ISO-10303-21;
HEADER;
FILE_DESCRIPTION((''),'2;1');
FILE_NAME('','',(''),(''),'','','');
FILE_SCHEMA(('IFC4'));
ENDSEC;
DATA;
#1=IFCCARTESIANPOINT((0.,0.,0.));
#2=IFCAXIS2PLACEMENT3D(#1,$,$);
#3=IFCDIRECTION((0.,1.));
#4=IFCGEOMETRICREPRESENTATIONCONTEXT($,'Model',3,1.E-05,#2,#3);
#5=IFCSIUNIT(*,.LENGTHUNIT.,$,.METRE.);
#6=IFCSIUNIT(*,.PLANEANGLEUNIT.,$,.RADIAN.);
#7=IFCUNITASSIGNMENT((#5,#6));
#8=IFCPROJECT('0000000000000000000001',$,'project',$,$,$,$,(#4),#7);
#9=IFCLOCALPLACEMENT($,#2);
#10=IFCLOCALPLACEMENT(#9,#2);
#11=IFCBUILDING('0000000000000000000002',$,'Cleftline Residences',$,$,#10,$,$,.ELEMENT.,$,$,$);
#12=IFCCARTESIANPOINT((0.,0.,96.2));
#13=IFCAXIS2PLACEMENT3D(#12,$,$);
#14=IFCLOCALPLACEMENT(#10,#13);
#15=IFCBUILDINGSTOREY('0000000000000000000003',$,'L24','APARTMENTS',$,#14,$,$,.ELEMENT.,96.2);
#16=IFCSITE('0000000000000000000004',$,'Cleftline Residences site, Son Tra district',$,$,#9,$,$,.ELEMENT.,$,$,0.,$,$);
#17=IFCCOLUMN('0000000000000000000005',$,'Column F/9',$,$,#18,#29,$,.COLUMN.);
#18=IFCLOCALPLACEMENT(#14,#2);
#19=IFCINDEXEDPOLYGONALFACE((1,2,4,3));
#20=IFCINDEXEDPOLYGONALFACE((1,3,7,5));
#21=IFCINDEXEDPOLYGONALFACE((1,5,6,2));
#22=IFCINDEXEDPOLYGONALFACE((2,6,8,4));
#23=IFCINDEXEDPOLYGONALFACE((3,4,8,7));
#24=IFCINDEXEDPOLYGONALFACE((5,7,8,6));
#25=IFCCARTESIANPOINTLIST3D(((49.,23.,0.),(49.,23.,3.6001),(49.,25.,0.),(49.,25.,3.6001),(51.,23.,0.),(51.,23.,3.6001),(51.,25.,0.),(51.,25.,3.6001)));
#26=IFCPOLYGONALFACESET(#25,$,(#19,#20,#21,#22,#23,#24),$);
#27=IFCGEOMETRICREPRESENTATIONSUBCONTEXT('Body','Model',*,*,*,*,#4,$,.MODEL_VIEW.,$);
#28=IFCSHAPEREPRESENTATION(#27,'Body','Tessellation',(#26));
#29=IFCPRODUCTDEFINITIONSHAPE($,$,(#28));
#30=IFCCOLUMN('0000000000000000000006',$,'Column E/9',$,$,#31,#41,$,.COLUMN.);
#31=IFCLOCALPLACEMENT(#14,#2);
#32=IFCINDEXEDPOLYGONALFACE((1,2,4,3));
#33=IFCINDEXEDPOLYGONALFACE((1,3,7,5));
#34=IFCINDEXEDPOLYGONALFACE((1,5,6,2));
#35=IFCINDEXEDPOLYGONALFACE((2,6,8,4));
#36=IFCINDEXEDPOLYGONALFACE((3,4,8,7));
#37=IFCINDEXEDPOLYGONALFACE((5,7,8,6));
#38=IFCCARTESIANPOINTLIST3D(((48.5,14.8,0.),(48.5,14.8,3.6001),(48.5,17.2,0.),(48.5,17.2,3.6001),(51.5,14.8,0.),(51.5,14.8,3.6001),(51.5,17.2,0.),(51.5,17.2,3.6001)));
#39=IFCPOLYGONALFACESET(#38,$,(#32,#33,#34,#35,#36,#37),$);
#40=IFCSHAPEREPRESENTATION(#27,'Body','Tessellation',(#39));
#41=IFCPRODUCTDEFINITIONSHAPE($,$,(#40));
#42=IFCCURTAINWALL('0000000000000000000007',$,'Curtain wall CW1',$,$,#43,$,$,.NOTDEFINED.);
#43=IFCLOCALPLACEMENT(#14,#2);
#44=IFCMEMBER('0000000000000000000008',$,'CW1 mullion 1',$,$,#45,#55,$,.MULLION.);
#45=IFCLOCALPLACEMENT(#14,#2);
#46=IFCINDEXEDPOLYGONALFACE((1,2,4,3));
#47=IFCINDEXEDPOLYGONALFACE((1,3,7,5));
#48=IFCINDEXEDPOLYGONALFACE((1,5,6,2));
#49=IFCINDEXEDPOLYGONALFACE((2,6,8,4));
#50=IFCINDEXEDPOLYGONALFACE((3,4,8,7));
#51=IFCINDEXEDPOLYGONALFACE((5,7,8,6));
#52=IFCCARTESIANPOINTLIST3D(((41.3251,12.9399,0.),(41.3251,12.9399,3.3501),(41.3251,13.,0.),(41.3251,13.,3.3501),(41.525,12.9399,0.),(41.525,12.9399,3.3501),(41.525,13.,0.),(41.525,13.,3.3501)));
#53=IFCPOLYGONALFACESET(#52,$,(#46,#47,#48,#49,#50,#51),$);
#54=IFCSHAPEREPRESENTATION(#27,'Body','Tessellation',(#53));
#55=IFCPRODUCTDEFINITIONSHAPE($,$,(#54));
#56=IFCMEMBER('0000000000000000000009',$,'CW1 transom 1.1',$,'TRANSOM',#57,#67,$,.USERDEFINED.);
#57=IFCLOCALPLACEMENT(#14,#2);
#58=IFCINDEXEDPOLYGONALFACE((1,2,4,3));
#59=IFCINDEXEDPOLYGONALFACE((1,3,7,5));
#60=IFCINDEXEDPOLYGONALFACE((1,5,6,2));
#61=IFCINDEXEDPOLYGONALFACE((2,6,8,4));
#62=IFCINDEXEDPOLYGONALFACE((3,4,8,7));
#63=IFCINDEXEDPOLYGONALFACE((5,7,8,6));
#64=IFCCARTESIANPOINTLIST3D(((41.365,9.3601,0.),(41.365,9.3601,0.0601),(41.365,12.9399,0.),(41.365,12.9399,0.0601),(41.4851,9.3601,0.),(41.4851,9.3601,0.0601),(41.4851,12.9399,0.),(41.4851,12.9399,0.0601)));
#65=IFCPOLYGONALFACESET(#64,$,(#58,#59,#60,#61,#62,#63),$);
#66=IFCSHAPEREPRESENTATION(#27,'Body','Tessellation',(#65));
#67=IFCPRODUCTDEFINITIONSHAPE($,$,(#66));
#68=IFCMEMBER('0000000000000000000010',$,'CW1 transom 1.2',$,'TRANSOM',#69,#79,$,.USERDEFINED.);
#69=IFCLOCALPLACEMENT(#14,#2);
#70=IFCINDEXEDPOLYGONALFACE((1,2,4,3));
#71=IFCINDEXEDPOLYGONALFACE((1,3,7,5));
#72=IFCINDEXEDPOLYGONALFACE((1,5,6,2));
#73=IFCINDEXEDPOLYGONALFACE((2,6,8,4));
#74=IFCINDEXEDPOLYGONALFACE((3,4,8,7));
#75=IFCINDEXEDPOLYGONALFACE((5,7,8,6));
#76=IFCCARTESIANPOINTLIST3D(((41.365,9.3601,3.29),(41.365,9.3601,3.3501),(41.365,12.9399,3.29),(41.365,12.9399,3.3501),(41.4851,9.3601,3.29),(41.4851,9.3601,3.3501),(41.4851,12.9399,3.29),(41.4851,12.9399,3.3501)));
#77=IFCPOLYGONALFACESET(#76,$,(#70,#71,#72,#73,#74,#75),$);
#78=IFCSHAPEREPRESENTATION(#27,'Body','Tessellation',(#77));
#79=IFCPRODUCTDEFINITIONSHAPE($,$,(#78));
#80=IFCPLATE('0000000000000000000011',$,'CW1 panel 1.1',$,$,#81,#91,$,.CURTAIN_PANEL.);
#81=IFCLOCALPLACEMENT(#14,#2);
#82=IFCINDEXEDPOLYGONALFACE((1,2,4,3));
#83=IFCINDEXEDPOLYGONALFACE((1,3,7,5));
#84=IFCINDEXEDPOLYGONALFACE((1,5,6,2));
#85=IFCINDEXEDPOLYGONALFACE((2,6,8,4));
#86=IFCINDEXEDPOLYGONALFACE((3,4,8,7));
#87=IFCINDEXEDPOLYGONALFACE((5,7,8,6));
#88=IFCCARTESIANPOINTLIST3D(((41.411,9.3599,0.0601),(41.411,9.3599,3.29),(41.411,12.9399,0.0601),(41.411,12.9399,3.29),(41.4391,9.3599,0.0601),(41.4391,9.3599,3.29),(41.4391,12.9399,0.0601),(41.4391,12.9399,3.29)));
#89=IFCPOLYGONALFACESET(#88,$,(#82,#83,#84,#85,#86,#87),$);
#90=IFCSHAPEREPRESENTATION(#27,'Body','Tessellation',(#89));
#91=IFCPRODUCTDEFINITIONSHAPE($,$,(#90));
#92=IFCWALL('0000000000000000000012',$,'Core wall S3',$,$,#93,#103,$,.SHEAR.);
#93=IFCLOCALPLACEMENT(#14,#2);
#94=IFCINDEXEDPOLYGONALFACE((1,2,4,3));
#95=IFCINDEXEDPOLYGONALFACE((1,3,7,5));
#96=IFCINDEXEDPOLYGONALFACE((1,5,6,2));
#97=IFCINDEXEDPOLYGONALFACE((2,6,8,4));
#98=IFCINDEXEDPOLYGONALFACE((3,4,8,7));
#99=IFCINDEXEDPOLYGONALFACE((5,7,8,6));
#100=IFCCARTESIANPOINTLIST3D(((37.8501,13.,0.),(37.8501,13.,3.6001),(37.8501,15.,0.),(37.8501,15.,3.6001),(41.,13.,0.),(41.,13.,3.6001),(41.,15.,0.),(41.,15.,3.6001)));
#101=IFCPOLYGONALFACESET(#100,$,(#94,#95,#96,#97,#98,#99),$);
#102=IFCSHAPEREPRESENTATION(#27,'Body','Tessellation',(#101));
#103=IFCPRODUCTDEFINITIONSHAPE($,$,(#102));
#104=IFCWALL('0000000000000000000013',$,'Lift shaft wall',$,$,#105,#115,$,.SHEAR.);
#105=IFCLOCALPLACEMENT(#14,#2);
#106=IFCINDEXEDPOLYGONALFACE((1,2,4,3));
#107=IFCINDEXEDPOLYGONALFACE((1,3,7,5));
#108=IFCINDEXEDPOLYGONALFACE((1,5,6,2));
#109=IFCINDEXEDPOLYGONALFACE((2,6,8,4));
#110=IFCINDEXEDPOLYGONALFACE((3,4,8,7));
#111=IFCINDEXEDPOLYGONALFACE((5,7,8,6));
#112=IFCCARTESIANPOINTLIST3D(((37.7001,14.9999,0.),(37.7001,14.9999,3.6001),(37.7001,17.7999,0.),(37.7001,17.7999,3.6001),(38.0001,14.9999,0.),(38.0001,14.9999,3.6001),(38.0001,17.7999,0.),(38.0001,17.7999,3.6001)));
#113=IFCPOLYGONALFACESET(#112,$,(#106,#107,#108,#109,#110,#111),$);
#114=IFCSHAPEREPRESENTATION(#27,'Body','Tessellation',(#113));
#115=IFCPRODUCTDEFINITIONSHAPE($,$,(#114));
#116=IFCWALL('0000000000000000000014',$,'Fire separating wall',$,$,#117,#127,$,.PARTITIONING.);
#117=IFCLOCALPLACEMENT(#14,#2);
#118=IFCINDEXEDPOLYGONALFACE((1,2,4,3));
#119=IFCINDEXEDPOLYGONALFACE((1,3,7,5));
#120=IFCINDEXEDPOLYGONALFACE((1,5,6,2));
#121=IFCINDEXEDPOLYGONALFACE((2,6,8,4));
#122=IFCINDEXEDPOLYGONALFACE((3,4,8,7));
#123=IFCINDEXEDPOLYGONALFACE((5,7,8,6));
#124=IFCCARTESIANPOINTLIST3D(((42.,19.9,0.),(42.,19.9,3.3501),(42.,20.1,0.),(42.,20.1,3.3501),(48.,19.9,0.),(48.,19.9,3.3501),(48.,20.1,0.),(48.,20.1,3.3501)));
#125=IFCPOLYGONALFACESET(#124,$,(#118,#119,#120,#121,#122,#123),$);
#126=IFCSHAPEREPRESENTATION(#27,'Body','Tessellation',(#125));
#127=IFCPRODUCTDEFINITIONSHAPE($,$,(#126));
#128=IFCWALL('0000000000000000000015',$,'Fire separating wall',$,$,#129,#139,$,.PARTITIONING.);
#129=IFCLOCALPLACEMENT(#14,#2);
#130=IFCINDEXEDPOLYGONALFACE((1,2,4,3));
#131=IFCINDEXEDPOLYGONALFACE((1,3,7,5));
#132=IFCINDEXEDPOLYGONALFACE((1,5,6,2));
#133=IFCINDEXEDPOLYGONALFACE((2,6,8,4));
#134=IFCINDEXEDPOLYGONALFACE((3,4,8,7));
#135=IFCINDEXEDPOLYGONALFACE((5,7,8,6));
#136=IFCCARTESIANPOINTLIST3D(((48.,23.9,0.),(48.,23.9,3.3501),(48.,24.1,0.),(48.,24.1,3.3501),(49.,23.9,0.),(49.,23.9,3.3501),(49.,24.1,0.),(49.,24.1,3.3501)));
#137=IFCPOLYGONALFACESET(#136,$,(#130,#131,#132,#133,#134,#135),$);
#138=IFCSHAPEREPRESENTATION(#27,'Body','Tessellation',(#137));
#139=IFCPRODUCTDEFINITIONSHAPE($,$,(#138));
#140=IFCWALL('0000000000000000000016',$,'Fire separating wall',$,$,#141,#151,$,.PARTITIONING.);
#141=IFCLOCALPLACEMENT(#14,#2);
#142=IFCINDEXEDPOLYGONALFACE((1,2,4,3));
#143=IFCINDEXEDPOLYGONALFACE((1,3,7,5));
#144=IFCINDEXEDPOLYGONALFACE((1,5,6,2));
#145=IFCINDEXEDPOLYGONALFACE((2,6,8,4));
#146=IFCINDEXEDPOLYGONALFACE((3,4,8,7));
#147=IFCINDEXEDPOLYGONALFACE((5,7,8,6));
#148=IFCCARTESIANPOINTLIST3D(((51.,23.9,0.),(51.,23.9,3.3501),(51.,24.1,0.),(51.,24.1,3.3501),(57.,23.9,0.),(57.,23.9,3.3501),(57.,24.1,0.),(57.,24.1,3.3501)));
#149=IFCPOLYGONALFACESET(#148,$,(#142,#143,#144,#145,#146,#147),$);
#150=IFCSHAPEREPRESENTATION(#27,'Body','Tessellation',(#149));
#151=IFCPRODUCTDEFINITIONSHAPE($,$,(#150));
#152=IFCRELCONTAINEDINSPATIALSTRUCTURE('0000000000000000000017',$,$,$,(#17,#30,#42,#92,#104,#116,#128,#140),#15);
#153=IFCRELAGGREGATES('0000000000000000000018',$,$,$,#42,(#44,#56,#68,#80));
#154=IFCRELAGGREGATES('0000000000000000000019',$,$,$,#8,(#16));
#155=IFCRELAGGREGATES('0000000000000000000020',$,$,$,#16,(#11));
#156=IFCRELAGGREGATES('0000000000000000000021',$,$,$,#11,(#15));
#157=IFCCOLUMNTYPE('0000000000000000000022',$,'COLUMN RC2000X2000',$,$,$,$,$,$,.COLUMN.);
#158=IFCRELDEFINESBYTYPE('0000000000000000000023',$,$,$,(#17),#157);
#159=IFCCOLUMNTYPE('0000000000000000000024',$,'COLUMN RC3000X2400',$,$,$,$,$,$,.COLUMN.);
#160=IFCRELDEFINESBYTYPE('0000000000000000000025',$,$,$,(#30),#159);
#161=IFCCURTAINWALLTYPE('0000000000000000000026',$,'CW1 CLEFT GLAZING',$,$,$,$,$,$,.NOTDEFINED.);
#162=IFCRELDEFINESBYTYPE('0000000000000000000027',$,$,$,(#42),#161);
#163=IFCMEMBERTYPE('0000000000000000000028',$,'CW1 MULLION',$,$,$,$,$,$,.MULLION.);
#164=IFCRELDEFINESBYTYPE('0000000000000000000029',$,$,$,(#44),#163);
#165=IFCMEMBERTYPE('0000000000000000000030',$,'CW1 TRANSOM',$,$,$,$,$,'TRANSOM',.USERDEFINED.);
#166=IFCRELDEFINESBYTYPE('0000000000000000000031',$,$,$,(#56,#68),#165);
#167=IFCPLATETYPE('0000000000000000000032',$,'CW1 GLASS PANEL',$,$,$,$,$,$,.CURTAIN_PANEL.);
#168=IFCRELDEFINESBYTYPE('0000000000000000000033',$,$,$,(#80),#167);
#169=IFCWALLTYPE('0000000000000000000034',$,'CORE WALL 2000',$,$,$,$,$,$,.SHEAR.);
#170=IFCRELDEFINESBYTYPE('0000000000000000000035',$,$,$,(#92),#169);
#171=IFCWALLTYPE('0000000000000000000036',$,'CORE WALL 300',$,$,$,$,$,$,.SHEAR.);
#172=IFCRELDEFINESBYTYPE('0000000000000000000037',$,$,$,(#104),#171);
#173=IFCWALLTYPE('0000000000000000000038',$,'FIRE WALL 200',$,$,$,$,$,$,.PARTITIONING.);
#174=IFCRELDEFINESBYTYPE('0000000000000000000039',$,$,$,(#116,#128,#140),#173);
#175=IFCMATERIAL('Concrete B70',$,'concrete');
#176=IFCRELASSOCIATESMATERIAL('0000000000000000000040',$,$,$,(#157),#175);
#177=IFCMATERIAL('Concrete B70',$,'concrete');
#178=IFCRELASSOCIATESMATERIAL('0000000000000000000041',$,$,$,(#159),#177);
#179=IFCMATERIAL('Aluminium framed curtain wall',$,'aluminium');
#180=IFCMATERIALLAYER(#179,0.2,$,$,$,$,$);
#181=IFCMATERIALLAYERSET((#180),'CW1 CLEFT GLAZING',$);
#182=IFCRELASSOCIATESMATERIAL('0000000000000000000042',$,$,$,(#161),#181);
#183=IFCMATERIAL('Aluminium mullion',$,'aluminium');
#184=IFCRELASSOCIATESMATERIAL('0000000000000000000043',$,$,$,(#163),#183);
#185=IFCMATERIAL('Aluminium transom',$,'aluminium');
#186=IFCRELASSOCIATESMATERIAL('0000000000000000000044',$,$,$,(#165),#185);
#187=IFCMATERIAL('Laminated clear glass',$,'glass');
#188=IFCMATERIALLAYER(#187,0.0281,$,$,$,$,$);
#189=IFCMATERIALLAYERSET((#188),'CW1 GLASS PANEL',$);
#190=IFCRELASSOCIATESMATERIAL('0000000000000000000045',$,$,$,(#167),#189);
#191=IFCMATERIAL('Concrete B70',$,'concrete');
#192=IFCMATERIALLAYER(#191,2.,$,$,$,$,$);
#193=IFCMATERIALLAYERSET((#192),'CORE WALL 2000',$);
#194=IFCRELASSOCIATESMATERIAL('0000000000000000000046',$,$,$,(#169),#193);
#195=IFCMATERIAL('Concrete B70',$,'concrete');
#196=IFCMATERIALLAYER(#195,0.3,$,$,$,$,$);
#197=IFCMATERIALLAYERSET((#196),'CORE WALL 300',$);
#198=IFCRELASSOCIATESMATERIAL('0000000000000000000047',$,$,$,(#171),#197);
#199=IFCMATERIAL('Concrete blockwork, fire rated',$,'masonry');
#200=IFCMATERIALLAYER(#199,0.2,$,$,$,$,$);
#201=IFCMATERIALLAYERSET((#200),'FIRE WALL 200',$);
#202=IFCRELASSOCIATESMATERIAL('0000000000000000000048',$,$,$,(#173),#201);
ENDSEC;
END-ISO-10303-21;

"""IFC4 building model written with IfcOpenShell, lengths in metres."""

from ifc_helpers import new_model, si_unit, direction, frame, frame_2d, origin, origin_2d, place, context, subcontext, project, spatial, rectangle, extrude, material, layer, layer_set, material_profile, profile_set, type_object, element, aggregate, save


model = new_model("IFC4")

# Units and contexts
model_context = context("Model", 3, precision=1e-05, world=origin(), true_north=direction((0.0, 1.0)))
body_context = subcontext(model_context, "Body", "Model", "MODEL_VIEW")
ifc_project = project(units=[si_unit("LENGTHUNIT", "METRE"), si_unit("PLANEANGLEUNIT", "RADIAN")], contexts=[model_context])

# Site, building, storey
site_placement = place(None, origin())
site = spatial("IfcSite", under=ifc_project, at=site_placement, Name="Cleftline Residences site, Son Tra district", CompositionType="ELEMENT", RefElevation=0.0)
building_placement = place(site_placement, origin())
building = spatial("IfcBuilding", under=site, at=building_placement, Name="Cleftline Residences", CompositionType="ELEMENT")
storey_placement = place(building_placement, frame((0.0, 0.0, 96.2)))
storey = spatial("IfcBuildingStorey", under=building, at=storey_placement, Name="L24", Description="APARTMENTS", CompositionType="ELEMENT", Elevation=96.2)

# Columns
ifc_material_1 = material(Name="Concrete B70", Category="concrete")
ifc_material_profile_1 = material_profile(ifc_material_1, rectangle(XDim=2.0, YDim=2.0, at=origin_2d()))
ifc_profile_set_1 = profile_set([ifc_material_profile_1], Name="Concrete B70")
column_type_1 = type_object("IfcColumnType", Name="COLUMN RC2000X2000", PredefinedType="COLUMN", material=ifc_profile_set_1)
column_1_placement = place(storey_placement, frame((50.0, 24.0, 0.0), z_axis=(0.0, 0.0, 1.0), x_axis=(1.0, 0.0, 0.0)))
element("IfcColumn", 1, at=column_1_placement, inside=storey, type_object=column_type_1, Name="Column F/9", PredefinedType="COLUMN", context=body_context, shape_type="SweptSolid", body=[
    extrude(rectangle(XDim=2.0, YDim=2.0, at=origin_2d()), origin(), (0.0, 0.0, 1.0), 3.6001),
])
ifc_material_2 = material(Name="Concrete B70", Category="concrete")
ifc_material_profile_2 = material_profile(ifc_material_2, rectangle(XDim=3.0, YDim=2.3999, at=origin_2d()))
ifc_profile_set_2 = profile_set([ifc_material_profile_2], Name="Concrete B70")
column_type_2 = type_object("IfcColumnType", Name="COLUMN RC3000X2400", PredefinedType="COLUMN", material=ifc_profile_set_2)
column_2_placement = place(storey_placement, frame((50.0, 16.0, 0.0), z_axis=(0.0, 0.0, 1.0), x_axis=(1.0, 0.0, 0.0)))
element("IfcColumn", 2, at=column_2_placement, inside=storey, type_object=column_type_2, Name="Column E/9", PredefinedType="COLUMN", context=body_context, shape_type="SweptSolid", body=[
    extrude(rectangle(XDim=3.0, YDim=2.3999, at=origin_2d()), origin(), (0.0, 0.0, 1.0), 3.6001),
])

# Curtain wall, members, plate
ifc_material_3 = material(Name="Aluminium framed curtain wall", Category="aluminium")
ifc_layer_1 = layer(ifc_material_3, 0.2)
ifc_layer_set_1 = layer_set([ifc_layer_1], Name="CW1 CLEFT GLAZING")
curtain_wall_type = type_object("IfcCurtainWallType", Name="CW1 CLEFT GLAZING", PredefinedType="NOTDEFINED", material=ifc_layer_set_1)
curtain_wall_placement = place(storey_placement, origin())
curtain_wall = element("IfcCurtainWall", 3, at=curtain_wall_placement, inside=storey, type_object=curtain_wall_type, Name="Curtain wall CW1", PredefinedType="NOTDEFINED")
ifc_material_4 = material(Name="Aluminium mullion", Category="aluminium")
ifc_material_profile_3 = material_profile(ifc_material_4, rectangle(XDim=0.2, YDim=0.0601, at=origin_2d()))
ifc_profile_set_3 = profile_set([ifc_material_profile_3], Name="Aluminium mullion")
member_type_1 = type_object("IfcMemberType", Name="CW1 MULLION", PredefinedType="MULLION", material=ifc_profile_set_3)
member_1_placement = place(storey_placement, frame((41.425, 12.97, 0.0), z_axis=(0.0, 0.0, 1.0), x_axis=(1.0, 0.0, 0.0)))
member_1 = element("IfcMember", 4, at=member_1_placement, type_object=member_type_1, Name="CW1 mullion 1", PredefinedType="MULLION", context=body_context, shape_type="SweptSolid", body=[
    extrude(rectangle(XDim=0.2, YDim=0.0601, at=origin_2d()), origin(), (0.0, 0.0, 1.0), 3.3501),
])
ifc_material_5 = material(Name="Aluminium transom", Category="aluminium")
ifc_material_profile_4 = material_profile(ifc_material_5, rectangle(XDim=0.1201, YDim=0.0601, at=origin_2d()))
ifc_profile_set_4 = profile_set([ifc_material_profile_4], Name="Aluminium transom")
member_type_2 = type_object("IfcMemberType", Name="CW1 TRANSOM", ElementType="TRANSOM", PredefinedType="USERDEFINED", material=ifc_profile_set_4)
member_2_placement = place(storey_placement, frame((41.425, 12.9399, 0.03), z_axis=(0.0, -1.0, 0.0), x_axis=(1.0, 0.0, 0.0)))
member_2 = element("IfcMember", 5, at=member_2_placement, type_object=member_type_2, Name="CW1 transom 1.1", ObjectType="TRANSOM", PredefinedType="USERDEFINED", context=body_context, shape_type="SweptSolid", body=[
    extrude(rectangle(XDim=0.1201, YDim=0.0601, at=origin_2d()), origin(), (0.0, 0.0, 1.0), 3.5798),
])
member_3_placement = place(storey_placement, frame((41.425, 12.9399, 3.3201), z_axis=(0.0, -1.0, 0.0), x_axis=(1.0, 0.0, 0.0)))
member_3 = element("IfcMember", 6, at=member_3_placement, type_object=member_type_2, Name="CW1 transom 1.2", ObjectType="TRANSOM", PredefinedType="USERDEFINED", context=body_context, shape_type="SweptSolid", body=[
    extrude(rectangle(XDim=0.1201, YDim=0.0601, at=origin_2d()), origin(), (0.0, 0.0, 1.0), 3.5798),
])
ifc_material_6 = material(Name="Laminated clear glass", Category="glass")
ifc_layer_2 = layer(ifc_material_6, 0.0281)
ifc_layer_set_2 = layer_set([ifc_layer_2], Name="CW1 GLASS PANEL")
plate_type = type_object("IfcPlateType", Name="CW1 GLASS PANEL", PredefinedType="CURTAIN_PANEL", material=ifc_layer_set_2)
plate_placement = place(storey_placement, frame((41.425, 11.1499, 0.0601), z_axis=(0.0, 0.0, 1.0), x_axis=(0.0, -1.0, 0.0)))
plate = element("IfcPlate", 7, at=plate_placement, type_object=plate_type, Name="CW1 panel 1.1", PredefinedType="CURTAIN_PANEL", context=body_context, shape_type="SweptSolid", body=[
    extrude(rectangle(XDim=3.5801, YDim=0.0281, at=origin_2d()), origin(), (0.0, 0.0, 1.0), 3.23),
])
aggregate(curtain_wall, [member_1, member_2, member_3, plate])

# Walls
ifc_material_7 = material(Name="Concrete B70", Category="concrete")
ifc_layer_3 = layer(ifc_material_7, 2.0)
ifc_layer_set_3 = layer_set([ifc_layer_3], Name="CORE WALL 2000")
wall_type_1 = type_object("IfcWallType", Name="CORE WALL 2000", PredefinedType="SHEAR", material=ifc_layer_set_3)
wall_1_placement = place(storey_placement, frame((37.8501, 14.0, 0.0), z_axis=(0.0, 0.0, 1.0), x_axis=(1.0, 0.0, 0.0)))
element("IfcWall", 8, at=wall_1_placement, inside=storey, type_object=wall_type_1, Name="Core wall S3", PredefinedType="SHEAR", context=body_context, shape_type="SweptSolid", body=[
    extrude(rectangle(XDim=3.1499, YDim=2.0, at=frame_2d((1.575, 0.0))), origin(), (0.0, 0.0, 1.0), 3.6001),
])
ifc_material_8 = material(Name="Concrete B70", Category="concrete")
ifc_layer_4 = layer(ifc_material_8, 0.3)
ifc_layer_set_4 = layer_set([ifc_layer_4], Name="CORE WALL 300")
wall_type_2 = type_object("IfcWallType", Name="CORE WALL 300", PredefinedType="SHEAR", material=ifc_layer_set_4)
wall_2_placement = place(storey_placement, frame((37.8501, 15.0, 0.0), z_axis=(0.0, 0.0, 1.0), x_axis=(0.0, 1.0, 0.0)))
element("IfcWall", 9, at=wall_2_placement, inside=storey, type_object=wall_type_2, Name="Lift shaft wall", PredefinedType="SHEAR", context=body_context, shape_type="SweptSolid", body=[
    extrude(rectangle(XDim=2.8, YDim=0.3, at=frame_2d((1.3999, 0.0))), origin(), (0.0, 0.0, 1.0), 3.6001),
])
ifc_material_9 = material(Name="Concrete blockwork, fire rated", Category="masonry")
ifc_layer_5 = layer(ifc_material_9, 0.2)
ifc_layer_set_5 = layer_set([ifc_layer_5], Name="FIRE WALL 200")
wall_type_3 = type_object("IfcWallType", Name="FIRE WALL 200", PredefinedType="PARTITIONING", material=ifc_layer_set_5)
wall_3_placement = place(storey_placement, frame((42.0, 20.0, 0.0), z_axis=(0.0, 0.0, 1.0), x_axis=(1.0, 0.0, 0.0)))
element("IfcWall", 10, at=wall_3_placement, inside=storey, type_object=wall_type_3, Name="Fire separating wall", PredefinedType="PARTITIONING", context=body_context, shape_type="SweptSolid", body=[
    extrude(rectangle(XDim=6.0, YDim=0.2, at=frame_2d((3.0, 0.0))), origin(), (0.0, 0.0, 1.0), 3.3501),
])
wall_4_placement = place(storey_placement, frame((48.0, 24.0, 0.0), z_axis=(0.0, 0.0, 1.0), x_axis=(1.0, 0.0, 0.0)))
element("IfcWall", 11, at=wall_4_placement, inside=storey, type_object=wall_type_3, Name="Fire separating wall", PredefinedType="PARTITIONING", context=body_context, shape_type="SweptSolid", body=[
    extrude(rectangle(XDim=1.0, YDim=0.2, at=frame_2d((0.5, 0.0))), origin(), (0.0, 0.0, 1.0), 3.3501),
])
wall_5_placement = place(storey_placement, frame((51.0, 24.0, 0.0), z_axis=(0.0, 0.0, 1.0), x_axis=(1.0, 0.0, 0.0)))
element("IfcWall", 12, at=wall_5_placement, inside=storey, type_object=wall_type_3, Name="Fire separating wall", PredefinedType="PARTITIONING", context=body_context, shape_type="SweptSolid", body=[
    extrude(rectangle(XDim=6.0, YDim=0.2, at=frame_2d((3.0, 0.0))), origin(), (0.0, 0.0, 1.0), 3.3501),
])

save(model, "model.ifc")
